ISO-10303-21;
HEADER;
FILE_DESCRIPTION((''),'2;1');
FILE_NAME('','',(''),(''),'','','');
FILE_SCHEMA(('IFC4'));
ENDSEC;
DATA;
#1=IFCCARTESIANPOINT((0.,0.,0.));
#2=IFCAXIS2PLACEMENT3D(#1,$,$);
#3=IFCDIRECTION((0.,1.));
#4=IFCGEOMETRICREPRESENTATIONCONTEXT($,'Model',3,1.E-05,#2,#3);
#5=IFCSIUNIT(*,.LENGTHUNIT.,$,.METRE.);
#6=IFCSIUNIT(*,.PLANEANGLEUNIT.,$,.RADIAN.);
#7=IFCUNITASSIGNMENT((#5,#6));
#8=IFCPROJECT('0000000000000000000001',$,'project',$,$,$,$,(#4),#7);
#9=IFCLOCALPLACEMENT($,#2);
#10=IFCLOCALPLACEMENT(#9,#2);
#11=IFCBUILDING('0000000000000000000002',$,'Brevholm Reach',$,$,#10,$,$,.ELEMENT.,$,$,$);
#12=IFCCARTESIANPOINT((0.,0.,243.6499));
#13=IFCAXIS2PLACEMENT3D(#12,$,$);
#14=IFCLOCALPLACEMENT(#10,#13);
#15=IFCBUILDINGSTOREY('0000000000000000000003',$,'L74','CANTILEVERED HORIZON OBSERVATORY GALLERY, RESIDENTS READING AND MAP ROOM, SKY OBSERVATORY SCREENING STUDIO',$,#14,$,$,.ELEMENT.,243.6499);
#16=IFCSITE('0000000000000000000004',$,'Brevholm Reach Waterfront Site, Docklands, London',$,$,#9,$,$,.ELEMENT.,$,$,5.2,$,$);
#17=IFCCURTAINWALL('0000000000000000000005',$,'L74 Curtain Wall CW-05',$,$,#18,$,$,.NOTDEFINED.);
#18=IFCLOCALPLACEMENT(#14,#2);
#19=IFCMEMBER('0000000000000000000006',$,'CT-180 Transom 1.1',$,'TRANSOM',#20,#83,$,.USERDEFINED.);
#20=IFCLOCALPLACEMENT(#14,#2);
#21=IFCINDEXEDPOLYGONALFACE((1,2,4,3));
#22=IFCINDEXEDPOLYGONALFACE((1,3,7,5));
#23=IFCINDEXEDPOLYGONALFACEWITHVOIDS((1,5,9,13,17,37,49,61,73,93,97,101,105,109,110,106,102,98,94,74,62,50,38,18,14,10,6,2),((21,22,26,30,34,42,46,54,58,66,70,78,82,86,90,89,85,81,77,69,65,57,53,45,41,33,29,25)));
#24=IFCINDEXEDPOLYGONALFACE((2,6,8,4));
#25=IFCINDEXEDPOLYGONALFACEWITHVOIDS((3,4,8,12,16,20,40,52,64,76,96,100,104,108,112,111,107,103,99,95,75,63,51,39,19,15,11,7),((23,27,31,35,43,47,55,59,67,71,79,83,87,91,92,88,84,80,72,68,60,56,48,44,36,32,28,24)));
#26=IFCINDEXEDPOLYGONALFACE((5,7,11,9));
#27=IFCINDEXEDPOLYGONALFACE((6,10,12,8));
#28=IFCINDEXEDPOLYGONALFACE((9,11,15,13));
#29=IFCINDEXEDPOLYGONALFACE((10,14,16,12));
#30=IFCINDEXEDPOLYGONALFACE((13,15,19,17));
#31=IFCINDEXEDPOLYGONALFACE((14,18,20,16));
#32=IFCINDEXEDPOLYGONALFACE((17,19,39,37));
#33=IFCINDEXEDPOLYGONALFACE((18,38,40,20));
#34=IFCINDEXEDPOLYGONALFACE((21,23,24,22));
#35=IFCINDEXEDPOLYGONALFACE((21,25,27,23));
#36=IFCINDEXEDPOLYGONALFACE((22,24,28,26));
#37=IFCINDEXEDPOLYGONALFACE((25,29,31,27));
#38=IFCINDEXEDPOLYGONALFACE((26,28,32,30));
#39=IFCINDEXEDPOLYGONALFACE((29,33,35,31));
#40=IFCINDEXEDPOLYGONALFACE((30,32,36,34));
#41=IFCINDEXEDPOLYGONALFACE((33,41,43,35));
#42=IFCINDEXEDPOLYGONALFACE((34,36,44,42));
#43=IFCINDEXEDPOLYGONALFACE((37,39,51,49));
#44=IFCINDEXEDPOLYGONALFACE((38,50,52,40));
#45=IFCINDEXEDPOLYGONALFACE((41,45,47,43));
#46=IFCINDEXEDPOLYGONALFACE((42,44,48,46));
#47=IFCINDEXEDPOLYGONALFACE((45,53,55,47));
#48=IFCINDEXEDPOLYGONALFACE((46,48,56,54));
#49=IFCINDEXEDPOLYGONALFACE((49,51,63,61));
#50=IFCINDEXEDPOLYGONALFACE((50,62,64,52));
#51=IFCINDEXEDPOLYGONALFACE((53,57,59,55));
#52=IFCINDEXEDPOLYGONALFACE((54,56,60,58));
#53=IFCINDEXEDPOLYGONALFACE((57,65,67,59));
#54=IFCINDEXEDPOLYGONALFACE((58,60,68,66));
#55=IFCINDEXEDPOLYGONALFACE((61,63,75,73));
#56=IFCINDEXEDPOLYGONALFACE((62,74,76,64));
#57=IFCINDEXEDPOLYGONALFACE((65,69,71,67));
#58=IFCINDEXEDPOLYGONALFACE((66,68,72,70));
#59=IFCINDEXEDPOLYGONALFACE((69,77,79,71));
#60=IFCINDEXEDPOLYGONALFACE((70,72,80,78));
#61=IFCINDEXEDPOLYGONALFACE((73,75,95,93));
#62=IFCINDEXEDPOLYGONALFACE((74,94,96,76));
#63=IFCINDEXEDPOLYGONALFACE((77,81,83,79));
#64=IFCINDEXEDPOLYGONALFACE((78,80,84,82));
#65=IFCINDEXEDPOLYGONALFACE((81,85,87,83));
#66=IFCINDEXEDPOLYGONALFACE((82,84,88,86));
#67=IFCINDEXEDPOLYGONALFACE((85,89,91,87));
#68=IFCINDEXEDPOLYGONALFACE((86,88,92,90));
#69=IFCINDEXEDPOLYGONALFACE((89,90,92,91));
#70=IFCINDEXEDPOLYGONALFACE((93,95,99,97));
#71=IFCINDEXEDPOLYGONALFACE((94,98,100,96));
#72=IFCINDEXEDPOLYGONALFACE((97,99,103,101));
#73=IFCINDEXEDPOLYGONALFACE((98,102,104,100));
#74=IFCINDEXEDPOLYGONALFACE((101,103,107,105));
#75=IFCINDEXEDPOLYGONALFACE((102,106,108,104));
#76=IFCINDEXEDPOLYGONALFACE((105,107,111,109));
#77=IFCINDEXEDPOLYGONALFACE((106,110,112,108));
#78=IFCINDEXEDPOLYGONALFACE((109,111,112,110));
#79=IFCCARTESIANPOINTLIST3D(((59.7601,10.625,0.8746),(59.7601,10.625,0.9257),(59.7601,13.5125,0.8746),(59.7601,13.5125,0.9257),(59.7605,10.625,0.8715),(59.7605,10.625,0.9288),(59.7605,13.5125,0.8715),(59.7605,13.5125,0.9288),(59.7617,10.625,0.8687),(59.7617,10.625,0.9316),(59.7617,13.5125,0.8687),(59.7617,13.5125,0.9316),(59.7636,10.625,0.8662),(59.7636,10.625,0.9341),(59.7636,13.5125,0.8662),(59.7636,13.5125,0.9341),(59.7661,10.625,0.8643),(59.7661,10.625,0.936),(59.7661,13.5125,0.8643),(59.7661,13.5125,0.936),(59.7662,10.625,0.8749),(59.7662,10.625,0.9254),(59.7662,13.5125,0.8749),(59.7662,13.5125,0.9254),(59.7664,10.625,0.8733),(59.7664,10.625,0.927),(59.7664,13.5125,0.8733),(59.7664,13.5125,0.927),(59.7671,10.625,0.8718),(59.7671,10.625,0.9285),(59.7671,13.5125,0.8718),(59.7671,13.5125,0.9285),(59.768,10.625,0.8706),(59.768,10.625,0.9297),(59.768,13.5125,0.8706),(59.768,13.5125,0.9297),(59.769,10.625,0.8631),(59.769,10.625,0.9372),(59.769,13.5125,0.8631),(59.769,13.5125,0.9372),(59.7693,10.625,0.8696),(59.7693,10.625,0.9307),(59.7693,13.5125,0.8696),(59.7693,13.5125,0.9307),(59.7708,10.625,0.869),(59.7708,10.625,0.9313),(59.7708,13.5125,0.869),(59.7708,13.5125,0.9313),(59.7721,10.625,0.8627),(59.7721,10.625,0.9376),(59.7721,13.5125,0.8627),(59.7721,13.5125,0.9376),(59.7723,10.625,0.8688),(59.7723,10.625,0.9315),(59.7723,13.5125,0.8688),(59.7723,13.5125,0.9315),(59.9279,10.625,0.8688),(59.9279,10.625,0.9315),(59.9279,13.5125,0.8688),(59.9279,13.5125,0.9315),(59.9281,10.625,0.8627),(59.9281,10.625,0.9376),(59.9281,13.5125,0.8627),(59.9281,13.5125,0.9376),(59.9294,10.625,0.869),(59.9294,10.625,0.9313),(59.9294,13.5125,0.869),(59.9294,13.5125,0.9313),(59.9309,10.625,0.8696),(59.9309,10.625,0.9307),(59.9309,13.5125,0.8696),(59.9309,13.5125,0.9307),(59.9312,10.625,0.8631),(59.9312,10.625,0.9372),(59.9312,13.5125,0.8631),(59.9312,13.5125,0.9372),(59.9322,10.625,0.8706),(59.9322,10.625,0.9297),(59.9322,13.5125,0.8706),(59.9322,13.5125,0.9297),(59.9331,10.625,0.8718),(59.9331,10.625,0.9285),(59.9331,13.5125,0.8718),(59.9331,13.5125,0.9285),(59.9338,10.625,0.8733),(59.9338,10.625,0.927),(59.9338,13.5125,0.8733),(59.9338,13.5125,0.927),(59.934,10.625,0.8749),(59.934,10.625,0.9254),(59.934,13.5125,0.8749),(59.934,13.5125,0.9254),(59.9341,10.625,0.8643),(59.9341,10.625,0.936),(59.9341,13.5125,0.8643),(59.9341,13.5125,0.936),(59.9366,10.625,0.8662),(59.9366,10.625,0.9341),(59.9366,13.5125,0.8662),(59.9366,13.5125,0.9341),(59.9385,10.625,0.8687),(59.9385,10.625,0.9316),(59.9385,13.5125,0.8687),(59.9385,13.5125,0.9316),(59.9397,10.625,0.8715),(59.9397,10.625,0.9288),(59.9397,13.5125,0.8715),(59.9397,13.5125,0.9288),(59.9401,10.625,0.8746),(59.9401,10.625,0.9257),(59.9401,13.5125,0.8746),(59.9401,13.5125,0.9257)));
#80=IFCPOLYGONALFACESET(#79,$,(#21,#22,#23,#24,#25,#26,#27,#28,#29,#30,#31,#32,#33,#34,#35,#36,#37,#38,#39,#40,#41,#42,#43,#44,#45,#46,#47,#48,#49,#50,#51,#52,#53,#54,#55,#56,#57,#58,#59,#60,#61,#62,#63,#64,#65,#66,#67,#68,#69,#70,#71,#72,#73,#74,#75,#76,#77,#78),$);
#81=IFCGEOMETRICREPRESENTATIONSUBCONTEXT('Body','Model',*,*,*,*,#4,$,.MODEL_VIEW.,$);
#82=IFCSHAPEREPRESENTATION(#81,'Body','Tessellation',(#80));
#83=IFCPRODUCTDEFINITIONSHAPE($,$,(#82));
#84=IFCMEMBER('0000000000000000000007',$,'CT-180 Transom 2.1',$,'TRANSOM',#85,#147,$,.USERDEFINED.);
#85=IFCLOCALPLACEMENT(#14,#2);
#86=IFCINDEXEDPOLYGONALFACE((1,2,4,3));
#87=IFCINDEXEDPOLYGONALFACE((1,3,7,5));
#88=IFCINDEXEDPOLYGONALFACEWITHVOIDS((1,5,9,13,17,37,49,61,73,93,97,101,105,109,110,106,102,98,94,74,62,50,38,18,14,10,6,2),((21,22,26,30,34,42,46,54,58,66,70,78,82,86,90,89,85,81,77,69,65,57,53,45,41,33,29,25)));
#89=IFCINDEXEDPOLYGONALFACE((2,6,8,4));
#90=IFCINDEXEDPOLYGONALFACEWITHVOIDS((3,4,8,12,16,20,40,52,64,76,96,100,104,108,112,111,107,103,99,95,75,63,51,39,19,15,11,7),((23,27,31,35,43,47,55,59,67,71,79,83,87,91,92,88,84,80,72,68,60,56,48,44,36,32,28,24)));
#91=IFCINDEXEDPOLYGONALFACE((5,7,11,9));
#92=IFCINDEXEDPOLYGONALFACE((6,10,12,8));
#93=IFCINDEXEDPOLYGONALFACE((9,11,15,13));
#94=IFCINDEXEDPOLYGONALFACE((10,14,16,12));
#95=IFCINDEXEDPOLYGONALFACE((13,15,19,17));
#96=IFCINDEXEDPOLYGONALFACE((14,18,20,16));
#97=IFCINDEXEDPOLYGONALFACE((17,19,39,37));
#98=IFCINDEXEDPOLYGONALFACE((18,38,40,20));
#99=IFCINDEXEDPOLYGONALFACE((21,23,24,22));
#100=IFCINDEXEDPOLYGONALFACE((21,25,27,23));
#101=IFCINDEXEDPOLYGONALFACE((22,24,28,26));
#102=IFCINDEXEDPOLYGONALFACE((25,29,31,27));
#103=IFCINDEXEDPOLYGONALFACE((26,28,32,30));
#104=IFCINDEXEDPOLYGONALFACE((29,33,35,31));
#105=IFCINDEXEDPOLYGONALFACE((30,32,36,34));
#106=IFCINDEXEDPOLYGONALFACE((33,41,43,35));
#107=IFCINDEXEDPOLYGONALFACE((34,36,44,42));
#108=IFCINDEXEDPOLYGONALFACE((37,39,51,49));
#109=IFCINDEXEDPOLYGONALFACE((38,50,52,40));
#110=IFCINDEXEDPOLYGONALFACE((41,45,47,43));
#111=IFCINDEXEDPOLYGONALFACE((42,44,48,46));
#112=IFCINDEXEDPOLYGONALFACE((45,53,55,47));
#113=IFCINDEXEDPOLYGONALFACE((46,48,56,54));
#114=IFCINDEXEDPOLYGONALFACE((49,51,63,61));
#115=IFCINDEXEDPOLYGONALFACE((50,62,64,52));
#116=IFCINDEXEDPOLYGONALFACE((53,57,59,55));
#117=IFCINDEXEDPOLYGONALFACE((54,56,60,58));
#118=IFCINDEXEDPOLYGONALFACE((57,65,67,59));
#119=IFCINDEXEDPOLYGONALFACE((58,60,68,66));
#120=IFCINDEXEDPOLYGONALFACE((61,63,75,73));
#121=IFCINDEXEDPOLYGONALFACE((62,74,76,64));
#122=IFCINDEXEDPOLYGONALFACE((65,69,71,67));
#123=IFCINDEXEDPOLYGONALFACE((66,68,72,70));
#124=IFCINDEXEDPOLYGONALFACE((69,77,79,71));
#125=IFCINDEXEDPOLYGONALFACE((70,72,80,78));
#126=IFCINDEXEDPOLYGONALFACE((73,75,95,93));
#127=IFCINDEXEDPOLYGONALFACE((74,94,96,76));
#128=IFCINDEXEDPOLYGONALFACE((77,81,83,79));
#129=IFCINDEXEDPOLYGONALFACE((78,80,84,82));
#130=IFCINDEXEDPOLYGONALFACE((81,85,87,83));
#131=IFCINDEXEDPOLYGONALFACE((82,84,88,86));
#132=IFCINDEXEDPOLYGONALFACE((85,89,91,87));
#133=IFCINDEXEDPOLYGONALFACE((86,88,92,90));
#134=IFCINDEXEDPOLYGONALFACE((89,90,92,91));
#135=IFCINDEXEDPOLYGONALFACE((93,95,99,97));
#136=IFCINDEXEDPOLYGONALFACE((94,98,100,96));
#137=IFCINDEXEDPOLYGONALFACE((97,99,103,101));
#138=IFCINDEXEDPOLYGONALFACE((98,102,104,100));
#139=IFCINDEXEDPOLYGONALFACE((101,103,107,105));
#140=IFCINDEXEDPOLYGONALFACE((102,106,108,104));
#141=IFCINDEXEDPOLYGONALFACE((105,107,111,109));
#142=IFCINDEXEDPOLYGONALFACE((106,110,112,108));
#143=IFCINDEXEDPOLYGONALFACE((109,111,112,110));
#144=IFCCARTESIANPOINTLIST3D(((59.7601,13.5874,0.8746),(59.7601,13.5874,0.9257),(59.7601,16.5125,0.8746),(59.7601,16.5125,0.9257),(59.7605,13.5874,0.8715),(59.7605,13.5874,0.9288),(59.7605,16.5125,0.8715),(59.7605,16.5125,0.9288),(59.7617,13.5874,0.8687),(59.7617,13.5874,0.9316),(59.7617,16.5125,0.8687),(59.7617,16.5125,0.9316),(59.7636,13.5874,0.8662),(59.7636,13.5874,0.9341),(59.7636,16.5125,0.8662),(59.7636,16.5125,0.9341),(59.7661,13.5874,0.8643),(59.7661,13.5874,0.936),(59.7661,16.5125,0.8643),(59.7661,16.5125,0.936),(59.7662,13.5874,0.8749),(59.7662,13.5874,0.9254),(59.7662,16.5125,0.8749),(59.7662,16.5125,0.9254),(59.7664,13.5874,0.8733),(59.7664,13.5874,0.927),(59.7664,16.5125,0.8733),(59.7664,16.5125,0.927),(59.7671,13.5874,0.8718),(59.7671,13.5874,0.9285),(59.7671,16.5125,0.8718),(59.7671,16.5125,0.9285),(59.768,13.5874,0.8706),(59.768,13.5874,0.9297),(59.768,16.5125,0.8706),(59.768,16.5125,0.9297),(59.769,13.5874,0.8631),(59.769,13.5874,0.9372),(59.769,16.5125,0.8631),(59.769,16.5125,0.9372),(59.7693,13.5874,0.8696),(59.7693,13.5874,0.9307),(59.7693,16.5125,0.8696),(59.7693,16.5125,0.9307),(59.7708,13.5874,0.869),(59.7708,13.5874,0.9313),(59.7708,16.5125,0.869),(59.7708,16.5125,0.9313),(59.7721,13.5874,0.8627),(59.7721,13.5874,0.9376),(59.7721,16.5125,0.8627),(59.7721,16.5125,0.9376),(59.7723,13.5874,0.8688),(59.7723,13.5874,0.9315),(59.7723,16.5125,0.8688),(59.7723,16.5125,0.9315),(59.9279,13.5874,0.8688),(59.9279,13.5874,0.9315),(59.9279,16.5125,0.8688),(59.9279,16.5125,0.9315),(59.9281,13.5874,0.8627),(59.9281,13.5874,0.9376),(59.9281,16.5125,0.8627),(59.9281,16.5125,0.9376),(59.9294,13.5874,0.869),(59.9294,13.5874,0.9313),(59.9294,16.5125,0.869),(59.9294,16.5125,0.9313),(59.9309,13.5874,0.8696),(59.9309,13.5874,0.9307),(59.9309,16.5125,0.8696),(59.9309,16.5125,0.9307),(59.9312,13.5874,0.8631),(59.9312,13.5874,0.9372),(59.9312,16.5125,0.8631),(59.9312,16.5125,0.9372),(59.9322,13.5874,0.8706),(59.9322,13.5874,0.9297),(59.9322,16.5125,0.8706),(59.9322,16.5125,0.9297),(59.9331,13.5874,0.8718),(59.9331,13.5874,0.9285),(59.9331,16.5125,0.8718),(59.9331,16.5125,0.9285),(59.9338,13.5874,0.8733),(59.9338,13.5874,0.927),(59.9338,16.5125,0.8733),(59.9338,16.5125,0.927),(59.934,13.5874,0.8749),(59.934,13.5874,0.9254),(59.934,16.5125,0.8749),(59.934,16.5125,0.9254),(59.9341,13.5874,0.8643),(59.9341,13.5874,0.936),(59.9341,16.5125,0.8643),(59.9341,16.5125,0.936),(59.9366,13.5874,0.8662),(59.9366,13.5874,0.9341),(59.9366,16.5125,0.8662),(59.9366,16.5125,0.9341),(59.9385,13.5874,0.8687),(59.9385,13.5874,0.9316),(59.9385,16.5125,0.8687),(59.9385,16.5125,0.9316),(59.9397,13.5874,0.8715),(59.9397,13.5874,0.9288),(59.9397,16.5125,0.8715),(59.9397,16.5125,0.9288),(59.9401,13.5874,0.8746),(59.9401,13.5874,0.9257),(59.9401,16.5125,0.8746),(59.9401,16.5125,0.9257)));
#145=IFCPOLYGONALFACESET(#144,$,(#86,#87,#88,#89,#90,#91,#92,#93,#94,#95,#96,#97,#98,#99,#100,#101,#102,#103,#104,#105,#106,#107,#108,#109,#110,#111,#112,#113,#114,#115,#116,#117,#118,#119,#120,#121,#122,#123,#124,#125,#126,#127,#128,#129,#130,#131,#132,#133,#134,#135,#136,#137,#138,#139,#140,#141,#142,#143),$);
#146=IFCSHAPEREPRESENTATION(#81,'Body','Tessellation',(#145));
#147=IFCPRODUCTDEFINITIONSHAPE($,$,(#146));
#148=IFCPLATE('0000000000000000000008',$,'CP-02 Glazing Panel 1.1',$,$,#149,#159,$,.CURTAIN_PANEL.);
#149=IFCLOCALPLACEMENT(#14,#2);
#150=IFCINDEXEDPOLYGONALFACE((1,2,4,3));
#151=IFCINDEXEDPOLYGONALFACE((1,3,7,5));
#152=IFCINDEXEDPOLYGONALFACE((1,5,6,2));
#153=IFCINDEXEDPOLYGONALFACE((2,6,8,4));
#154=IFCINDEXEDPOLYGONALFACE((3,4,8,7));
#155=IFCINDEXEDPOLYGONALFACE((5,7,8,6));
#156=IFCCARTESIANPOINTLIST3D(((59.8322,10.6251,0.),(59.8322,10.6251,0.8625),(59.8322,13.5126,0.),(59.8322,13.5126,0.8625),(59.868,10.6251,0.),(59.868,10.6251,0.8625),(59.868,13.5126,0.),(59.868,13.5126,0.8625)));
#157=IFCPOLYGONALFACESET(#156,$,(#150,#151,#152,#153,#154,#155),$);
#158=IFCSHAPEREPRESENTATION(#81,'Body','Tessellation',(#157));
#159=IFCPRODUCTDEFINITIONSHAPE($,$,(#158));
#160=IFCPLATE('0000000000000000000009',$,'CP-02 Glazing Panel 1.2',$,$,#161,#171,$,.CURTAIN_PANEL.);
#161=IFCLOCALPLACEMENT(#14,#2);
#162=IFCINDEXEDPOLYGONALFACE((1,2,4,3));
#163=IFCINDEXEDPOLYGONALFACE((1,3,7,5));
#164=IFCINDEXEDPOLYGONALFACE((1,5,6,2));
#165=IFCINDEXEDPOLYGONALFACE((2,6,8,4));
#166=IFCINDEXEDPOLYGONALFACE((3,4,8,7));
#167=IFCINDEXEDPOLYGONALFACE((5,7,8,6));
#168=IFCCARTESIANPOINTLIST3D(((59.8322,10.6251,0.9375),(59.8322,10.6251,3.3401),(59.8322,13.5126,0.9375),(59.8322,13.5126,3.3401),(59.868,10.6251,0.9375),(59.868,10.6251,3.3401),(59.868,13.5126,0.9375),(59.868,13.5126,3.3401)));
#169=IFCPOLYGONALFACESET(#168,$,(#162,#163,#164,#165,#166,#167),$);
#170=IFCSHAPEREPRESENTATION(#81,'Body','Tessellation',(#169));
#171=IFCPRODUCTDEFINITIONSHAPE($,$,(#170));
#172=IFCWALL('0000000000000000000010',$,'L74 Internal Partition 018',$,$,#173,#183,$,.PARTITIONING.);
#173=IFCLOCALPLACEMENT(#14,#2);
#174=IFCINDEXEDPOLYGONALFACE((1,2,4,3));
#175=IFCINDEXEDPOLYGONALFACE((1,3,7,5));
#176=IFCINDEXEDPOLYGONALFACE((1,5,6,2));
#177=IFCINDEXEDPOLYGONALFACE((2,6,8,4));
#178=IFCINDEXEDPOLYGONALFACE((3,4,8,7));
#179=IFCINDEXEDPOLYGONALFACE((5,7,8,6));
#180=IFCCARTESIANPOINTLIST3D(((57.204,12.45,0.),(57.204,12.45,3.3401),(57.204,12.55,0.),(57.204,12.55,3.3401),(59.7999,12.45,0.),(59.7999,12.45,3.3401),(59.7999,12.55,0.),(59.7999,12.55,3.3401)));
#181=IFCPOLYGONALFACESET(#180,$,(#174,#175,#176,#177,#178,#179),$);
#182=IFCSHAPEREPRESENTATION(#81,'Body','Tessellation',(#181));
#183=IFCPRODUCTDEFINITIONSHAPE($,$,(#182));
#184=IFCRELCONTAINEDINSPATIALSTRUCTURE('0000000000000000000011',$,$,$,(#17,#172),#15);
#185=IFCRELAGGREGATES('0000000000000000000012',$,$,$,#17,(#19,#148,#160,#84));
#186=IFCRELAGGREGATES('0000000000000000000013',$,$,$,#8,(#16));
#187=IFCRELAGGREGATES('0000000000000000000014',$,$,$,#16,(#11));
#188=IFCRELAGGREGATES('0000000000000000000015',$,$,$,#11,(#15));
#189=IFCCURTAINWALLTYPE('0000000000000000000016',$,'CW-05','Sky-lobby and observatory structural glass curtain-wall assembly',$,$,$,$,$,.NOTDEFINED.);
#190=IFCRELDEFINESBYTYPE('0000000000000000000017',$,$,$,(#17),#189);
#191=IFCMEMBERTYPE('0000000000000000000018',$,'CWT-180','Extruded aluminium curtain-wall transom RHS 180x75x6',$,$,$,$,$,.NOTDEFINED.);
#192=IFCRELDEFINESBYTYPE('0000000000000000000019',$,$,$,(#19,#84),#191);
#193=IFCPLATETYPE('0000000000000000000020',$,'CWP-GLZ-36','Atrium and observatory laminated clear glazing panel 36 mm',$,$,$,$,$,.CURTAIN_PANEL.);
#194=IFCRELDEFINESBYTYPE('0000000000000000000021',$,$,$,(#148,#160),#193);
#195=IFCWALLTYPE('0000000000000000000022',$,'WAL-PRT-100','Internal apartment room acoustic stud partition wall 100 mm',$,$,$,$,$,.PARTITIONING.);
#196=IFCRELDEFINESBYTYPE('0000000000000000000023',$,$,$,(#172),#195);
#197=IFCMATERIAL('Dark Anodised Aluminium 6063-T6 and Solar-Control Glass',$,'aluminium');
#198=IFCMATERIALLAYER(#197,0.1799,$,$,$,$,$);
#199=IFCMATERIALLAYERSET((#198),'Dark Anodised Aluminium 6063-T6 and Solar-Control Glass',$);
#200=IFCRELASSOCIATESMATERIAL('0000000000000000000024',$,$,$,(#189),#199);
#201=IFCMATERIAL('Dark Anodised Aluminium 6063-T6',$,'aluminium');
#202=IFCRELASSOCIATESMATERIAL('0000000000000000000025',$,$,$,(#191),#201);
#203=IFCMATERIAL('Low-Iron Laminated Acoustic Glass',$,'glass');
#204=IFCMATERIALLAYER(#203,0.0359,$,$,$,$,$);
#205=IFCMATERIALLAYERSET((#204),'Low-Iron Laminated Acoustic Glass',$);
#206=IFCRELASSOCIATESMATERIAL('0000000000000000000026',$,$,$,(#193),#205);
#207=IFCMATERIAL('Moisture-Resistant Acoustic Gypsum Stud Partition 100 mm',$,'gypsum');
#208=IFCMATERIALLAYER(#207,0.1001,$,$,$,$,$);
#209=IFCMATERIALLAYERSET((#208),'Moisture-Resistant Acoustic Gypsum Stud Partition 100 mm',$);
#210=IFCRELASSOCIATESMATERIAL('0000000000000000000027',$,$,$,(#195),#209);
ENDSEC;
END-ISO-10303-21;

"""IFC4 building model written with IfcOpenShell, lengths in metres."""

from ifc_helpers import new_model, si_unit, direction, frame, frame_2d, origin, origin_2d, place, context, subcontext, project, spatial, rectangle, hollow_rectangle, extrude, material, layer, layer_set, material_profile, profile_set, type_object, element, aggregate, save


model = new_model("IFC4")

# Units and contexts
model_context = context("Model", 3, precision=1e-05, world=origin(), true_north=direction((0.0, 1.0)))
body_context = subcontext(model_context, "Body", "Model", "MODEL_VIEW")
ifc_project = project(units=[si_unit("LENGTHUNIT", "METRE"), si_unit("PLANEANGLEUNIT", "RADIAN")], contexts=[model_context])

# Site, building, storey
site_placement = place(None, origin())
site = spatial("IfcSite", under=ifc_project, at=site_placement, Name="Brevholm Reach Waterfront Site, Docklands, London", CompositionType="ELEMENT", RefElevation=5.2)
building_placement = place(site_placement, origin())
building = spatial("IfcBuilding", under=site, at=building_placement, Name="Brevholm Reach", CompositionType="ELEMENT")
storey_placement = place(building_placement, frame((0.0, 0.0, 243.6499)))
storey = spatial("IfcBuildingStorey", under=building, at=storey_placement, Name="L74", Description="CANTILEVERED HORIZON OBSERVATORY GALLERY, RESIDENTS READING AND MAP ROOM, SKY OBSERVATORY SCREENING STUDIO", CompositionType="ELEMENT", Elevation=243.6499)

# Curtain wall, members, plates
ifc_material_1 = material(Name="Dark Anodised Aluminium 6063-T6 and Solar-Control Glass", Category="aluminium")
ifc_layer_1 = layer(ifc_material_1, 0.1799)
ifc_layer_set_1 = layer_set([ifc_layer_1], Name="Dark Anodised Aluminium 6063-T6 and Solar-Control Glass")
curtain_wall_type = type_object("IfcCurtainWallType", Name="CW-05", Description="Sky-lobby and observatory structural glass curtain-wall assembly", PredefinedType="NOTDEFINED", material=ifc_layer_set_1)
curtain_wall_placement = place(storey_placement, origin())
curtain_wall = element("IfcCurtainWall", 1, at=curtain_wall_placement, inside=storey, type_object=curtain_wall_type, Name="L74 Curtain Wall CW-05", PredefinedType="NOTDEFINED")
ifc_material_2 = material(Name="Dark Anodised Aluminium 6063-T6", Category="aluminium")
ifc_material_profile_1 = material_profile(ifc_material_2, hollow_rectangle(XDim=0.075, YDim=0.1799, WallThickness=0.0061, InnerFilletRadius=0.0061, OuterFilletRadius=0.012, at=origin_2d()), Name="RHS 180x75x6")
ifc_profile_set_1 = profile_set([ifc_material_profile_1], Name="Dark Anodised Aluminium 6063-T6")
member_type_1 = type_object("IfcMemberType", Name="CWT-180", Description="Extruded aluminium curtain-wall transom RHS 180x75x6", PredefinedType="NOTDEFINED", material=ifc_profile_set_1)
member_1_placement = place(storey_placement, frame((59.8501, 10.625, 0.9001), z_axis=(0.0, 1.0, 0.0), x_axis=(0.0, 0.0, 1.0)))
member_1 = element("IfcMember", 2, at=member_1_placement, type_object=member_type_1, Name="CT-180 Transom 1.1", ObjectType="TRANSOM", PredefinedType="USERDEFINED", context=body_context, shape_type="SweptSolid", body=[
    extrude(hollow_rectangle(XDim=0.075, YDim=0.1799, WallThickness=0.0061, InnerFilletRadius=0.0061, OuterFilletRadius=0.012, at=origin_2d()), origin(), (0.0, 0.0, 1.0), 2.8875),
])
member_2_placement = place(storey_placement, frame((59.8501, 13.5874, 0.9001), z_axis=(0.0, 1.0, 0.0), x_axis=(0.0, 0.0, 1.0)))
member_2 = element("IfcMember", 3, at=member_2_placement, type_object=member_type_1, Name="CT-180 Transom 2.1", ObjectType="TRANSOM", PredefinedType="USERDEFINED", context=body_context, shape_type="SweptSolid", body=[
    extrude(hollow_rectangle(XDim=0.075, YDim=0.1799, WallThickness=0.0061, InnerFilletRadius=0.0061, OuterFilletRadius=0.012, at=origin_2d()), origin(), (0.0, 0.0, 1.0), 2.925),
])
ifc_material_3 = material(Name="Low-Iron Laminated Acoustic Glass", Category="glass")
ifc_layer_2 = layer(ifc_material_3, 0.0359)
ifc_layer_set_2 = layer_set([ifc_layer_2], Name="Low-Iron Laminated Acoustic Glass")
plate_type = type_object("IfcPlateType", Name="CWP-GLZ-36", Description="Atrium and observatory laminated clear glazing panel 36 mm", PredefinedType="CURTAIN_PANEL", material=ifc_layer_set_2)
plate_1_placement = place(storey_placement, frame((59.8501, 12.0688, 0.0), z_axis=(0.0, 0.0, 1.0), x_axis=(0.0, 1.0, 0.0)))
plate_1 = element("IfcPlate", 4, at=plate_1_placement, type_object=plate_type, Name="CP-02 Glazing Panel 1.1", PredefinedType="CURTAIN_PANEL", context=body_context, shape_type="SweptSolid", body=[
    extrude(rectangle(XDim=2.8875, YDim=0.0359, at=origin_2d()), origin(), (0.0, 0.0, 1.0), 0.8625),
])
plate_2_placement = place(storey_placement, frame((59.8501, 12.0688, 0.9375), z_axis=(0.0, 0.0, 1.0), x_axis=(0.0, 1.0, 0.0)))
plate_2 = element("IfcPlate", 5, at=plate_2_placement, type_object=plate_type, Name="CP-02 Glazing Panel 1.2", PredefinedType="CURTAIN_PANEL", context=body_context, shape_type="SweptSolid", body=[
    extrude(rectangle(XDim=2.8875, YDim=0.0359, at=origin_2d()), origin(), (0.0, 0.0, 1.0), 2.4026),
])
aggregate(curtain_wall, [member_1, plate_1, plate_2, member_2])

# Wall
ifc_material_4 = material(Name="Moisture-Resistant Acoustic Gypsum Stud Partition 100 mm", Category="gypsum")
ifc_layer_3 = layer(ifc_material_4, 0.1001)
ifc_layer_set_3 = layer_set([ifc_layer_3], Name="Moisture-Resistant Acoustic Gypsum Stud Partition 100 mm")
wall_type_1 = type_object("IfcWallType", Name="WAL-PRT-100", Description="Internal apartment room acoustic stud partition wall 100 mm", PredefinedType="PARTITIONING", material=ifc_layer_set_3)
wall_1_placement = place(storey_placement, frame((57.2041, 12.5, 0.0), z_axis=(0.0, 0.0, 1.0), x_axis=(1.0, 0.0, 0.0)))
element("IfcWall", 6, at=wall_1_placement, inside=storey, type_object=wall_type_1, Name="L74 Internal Partition 018", PredefinedType="PARTITIONING", context=body_context, shape_type="SweptSolid", body=[
    extrude(rectangle(XDim=2.5959, YDim=0.1001, at=frame_2d((1.2979, 0.0))), origin(), (0.0, 0.0, 1.0), 3.3401),
])

save(model, "model.ifc")
